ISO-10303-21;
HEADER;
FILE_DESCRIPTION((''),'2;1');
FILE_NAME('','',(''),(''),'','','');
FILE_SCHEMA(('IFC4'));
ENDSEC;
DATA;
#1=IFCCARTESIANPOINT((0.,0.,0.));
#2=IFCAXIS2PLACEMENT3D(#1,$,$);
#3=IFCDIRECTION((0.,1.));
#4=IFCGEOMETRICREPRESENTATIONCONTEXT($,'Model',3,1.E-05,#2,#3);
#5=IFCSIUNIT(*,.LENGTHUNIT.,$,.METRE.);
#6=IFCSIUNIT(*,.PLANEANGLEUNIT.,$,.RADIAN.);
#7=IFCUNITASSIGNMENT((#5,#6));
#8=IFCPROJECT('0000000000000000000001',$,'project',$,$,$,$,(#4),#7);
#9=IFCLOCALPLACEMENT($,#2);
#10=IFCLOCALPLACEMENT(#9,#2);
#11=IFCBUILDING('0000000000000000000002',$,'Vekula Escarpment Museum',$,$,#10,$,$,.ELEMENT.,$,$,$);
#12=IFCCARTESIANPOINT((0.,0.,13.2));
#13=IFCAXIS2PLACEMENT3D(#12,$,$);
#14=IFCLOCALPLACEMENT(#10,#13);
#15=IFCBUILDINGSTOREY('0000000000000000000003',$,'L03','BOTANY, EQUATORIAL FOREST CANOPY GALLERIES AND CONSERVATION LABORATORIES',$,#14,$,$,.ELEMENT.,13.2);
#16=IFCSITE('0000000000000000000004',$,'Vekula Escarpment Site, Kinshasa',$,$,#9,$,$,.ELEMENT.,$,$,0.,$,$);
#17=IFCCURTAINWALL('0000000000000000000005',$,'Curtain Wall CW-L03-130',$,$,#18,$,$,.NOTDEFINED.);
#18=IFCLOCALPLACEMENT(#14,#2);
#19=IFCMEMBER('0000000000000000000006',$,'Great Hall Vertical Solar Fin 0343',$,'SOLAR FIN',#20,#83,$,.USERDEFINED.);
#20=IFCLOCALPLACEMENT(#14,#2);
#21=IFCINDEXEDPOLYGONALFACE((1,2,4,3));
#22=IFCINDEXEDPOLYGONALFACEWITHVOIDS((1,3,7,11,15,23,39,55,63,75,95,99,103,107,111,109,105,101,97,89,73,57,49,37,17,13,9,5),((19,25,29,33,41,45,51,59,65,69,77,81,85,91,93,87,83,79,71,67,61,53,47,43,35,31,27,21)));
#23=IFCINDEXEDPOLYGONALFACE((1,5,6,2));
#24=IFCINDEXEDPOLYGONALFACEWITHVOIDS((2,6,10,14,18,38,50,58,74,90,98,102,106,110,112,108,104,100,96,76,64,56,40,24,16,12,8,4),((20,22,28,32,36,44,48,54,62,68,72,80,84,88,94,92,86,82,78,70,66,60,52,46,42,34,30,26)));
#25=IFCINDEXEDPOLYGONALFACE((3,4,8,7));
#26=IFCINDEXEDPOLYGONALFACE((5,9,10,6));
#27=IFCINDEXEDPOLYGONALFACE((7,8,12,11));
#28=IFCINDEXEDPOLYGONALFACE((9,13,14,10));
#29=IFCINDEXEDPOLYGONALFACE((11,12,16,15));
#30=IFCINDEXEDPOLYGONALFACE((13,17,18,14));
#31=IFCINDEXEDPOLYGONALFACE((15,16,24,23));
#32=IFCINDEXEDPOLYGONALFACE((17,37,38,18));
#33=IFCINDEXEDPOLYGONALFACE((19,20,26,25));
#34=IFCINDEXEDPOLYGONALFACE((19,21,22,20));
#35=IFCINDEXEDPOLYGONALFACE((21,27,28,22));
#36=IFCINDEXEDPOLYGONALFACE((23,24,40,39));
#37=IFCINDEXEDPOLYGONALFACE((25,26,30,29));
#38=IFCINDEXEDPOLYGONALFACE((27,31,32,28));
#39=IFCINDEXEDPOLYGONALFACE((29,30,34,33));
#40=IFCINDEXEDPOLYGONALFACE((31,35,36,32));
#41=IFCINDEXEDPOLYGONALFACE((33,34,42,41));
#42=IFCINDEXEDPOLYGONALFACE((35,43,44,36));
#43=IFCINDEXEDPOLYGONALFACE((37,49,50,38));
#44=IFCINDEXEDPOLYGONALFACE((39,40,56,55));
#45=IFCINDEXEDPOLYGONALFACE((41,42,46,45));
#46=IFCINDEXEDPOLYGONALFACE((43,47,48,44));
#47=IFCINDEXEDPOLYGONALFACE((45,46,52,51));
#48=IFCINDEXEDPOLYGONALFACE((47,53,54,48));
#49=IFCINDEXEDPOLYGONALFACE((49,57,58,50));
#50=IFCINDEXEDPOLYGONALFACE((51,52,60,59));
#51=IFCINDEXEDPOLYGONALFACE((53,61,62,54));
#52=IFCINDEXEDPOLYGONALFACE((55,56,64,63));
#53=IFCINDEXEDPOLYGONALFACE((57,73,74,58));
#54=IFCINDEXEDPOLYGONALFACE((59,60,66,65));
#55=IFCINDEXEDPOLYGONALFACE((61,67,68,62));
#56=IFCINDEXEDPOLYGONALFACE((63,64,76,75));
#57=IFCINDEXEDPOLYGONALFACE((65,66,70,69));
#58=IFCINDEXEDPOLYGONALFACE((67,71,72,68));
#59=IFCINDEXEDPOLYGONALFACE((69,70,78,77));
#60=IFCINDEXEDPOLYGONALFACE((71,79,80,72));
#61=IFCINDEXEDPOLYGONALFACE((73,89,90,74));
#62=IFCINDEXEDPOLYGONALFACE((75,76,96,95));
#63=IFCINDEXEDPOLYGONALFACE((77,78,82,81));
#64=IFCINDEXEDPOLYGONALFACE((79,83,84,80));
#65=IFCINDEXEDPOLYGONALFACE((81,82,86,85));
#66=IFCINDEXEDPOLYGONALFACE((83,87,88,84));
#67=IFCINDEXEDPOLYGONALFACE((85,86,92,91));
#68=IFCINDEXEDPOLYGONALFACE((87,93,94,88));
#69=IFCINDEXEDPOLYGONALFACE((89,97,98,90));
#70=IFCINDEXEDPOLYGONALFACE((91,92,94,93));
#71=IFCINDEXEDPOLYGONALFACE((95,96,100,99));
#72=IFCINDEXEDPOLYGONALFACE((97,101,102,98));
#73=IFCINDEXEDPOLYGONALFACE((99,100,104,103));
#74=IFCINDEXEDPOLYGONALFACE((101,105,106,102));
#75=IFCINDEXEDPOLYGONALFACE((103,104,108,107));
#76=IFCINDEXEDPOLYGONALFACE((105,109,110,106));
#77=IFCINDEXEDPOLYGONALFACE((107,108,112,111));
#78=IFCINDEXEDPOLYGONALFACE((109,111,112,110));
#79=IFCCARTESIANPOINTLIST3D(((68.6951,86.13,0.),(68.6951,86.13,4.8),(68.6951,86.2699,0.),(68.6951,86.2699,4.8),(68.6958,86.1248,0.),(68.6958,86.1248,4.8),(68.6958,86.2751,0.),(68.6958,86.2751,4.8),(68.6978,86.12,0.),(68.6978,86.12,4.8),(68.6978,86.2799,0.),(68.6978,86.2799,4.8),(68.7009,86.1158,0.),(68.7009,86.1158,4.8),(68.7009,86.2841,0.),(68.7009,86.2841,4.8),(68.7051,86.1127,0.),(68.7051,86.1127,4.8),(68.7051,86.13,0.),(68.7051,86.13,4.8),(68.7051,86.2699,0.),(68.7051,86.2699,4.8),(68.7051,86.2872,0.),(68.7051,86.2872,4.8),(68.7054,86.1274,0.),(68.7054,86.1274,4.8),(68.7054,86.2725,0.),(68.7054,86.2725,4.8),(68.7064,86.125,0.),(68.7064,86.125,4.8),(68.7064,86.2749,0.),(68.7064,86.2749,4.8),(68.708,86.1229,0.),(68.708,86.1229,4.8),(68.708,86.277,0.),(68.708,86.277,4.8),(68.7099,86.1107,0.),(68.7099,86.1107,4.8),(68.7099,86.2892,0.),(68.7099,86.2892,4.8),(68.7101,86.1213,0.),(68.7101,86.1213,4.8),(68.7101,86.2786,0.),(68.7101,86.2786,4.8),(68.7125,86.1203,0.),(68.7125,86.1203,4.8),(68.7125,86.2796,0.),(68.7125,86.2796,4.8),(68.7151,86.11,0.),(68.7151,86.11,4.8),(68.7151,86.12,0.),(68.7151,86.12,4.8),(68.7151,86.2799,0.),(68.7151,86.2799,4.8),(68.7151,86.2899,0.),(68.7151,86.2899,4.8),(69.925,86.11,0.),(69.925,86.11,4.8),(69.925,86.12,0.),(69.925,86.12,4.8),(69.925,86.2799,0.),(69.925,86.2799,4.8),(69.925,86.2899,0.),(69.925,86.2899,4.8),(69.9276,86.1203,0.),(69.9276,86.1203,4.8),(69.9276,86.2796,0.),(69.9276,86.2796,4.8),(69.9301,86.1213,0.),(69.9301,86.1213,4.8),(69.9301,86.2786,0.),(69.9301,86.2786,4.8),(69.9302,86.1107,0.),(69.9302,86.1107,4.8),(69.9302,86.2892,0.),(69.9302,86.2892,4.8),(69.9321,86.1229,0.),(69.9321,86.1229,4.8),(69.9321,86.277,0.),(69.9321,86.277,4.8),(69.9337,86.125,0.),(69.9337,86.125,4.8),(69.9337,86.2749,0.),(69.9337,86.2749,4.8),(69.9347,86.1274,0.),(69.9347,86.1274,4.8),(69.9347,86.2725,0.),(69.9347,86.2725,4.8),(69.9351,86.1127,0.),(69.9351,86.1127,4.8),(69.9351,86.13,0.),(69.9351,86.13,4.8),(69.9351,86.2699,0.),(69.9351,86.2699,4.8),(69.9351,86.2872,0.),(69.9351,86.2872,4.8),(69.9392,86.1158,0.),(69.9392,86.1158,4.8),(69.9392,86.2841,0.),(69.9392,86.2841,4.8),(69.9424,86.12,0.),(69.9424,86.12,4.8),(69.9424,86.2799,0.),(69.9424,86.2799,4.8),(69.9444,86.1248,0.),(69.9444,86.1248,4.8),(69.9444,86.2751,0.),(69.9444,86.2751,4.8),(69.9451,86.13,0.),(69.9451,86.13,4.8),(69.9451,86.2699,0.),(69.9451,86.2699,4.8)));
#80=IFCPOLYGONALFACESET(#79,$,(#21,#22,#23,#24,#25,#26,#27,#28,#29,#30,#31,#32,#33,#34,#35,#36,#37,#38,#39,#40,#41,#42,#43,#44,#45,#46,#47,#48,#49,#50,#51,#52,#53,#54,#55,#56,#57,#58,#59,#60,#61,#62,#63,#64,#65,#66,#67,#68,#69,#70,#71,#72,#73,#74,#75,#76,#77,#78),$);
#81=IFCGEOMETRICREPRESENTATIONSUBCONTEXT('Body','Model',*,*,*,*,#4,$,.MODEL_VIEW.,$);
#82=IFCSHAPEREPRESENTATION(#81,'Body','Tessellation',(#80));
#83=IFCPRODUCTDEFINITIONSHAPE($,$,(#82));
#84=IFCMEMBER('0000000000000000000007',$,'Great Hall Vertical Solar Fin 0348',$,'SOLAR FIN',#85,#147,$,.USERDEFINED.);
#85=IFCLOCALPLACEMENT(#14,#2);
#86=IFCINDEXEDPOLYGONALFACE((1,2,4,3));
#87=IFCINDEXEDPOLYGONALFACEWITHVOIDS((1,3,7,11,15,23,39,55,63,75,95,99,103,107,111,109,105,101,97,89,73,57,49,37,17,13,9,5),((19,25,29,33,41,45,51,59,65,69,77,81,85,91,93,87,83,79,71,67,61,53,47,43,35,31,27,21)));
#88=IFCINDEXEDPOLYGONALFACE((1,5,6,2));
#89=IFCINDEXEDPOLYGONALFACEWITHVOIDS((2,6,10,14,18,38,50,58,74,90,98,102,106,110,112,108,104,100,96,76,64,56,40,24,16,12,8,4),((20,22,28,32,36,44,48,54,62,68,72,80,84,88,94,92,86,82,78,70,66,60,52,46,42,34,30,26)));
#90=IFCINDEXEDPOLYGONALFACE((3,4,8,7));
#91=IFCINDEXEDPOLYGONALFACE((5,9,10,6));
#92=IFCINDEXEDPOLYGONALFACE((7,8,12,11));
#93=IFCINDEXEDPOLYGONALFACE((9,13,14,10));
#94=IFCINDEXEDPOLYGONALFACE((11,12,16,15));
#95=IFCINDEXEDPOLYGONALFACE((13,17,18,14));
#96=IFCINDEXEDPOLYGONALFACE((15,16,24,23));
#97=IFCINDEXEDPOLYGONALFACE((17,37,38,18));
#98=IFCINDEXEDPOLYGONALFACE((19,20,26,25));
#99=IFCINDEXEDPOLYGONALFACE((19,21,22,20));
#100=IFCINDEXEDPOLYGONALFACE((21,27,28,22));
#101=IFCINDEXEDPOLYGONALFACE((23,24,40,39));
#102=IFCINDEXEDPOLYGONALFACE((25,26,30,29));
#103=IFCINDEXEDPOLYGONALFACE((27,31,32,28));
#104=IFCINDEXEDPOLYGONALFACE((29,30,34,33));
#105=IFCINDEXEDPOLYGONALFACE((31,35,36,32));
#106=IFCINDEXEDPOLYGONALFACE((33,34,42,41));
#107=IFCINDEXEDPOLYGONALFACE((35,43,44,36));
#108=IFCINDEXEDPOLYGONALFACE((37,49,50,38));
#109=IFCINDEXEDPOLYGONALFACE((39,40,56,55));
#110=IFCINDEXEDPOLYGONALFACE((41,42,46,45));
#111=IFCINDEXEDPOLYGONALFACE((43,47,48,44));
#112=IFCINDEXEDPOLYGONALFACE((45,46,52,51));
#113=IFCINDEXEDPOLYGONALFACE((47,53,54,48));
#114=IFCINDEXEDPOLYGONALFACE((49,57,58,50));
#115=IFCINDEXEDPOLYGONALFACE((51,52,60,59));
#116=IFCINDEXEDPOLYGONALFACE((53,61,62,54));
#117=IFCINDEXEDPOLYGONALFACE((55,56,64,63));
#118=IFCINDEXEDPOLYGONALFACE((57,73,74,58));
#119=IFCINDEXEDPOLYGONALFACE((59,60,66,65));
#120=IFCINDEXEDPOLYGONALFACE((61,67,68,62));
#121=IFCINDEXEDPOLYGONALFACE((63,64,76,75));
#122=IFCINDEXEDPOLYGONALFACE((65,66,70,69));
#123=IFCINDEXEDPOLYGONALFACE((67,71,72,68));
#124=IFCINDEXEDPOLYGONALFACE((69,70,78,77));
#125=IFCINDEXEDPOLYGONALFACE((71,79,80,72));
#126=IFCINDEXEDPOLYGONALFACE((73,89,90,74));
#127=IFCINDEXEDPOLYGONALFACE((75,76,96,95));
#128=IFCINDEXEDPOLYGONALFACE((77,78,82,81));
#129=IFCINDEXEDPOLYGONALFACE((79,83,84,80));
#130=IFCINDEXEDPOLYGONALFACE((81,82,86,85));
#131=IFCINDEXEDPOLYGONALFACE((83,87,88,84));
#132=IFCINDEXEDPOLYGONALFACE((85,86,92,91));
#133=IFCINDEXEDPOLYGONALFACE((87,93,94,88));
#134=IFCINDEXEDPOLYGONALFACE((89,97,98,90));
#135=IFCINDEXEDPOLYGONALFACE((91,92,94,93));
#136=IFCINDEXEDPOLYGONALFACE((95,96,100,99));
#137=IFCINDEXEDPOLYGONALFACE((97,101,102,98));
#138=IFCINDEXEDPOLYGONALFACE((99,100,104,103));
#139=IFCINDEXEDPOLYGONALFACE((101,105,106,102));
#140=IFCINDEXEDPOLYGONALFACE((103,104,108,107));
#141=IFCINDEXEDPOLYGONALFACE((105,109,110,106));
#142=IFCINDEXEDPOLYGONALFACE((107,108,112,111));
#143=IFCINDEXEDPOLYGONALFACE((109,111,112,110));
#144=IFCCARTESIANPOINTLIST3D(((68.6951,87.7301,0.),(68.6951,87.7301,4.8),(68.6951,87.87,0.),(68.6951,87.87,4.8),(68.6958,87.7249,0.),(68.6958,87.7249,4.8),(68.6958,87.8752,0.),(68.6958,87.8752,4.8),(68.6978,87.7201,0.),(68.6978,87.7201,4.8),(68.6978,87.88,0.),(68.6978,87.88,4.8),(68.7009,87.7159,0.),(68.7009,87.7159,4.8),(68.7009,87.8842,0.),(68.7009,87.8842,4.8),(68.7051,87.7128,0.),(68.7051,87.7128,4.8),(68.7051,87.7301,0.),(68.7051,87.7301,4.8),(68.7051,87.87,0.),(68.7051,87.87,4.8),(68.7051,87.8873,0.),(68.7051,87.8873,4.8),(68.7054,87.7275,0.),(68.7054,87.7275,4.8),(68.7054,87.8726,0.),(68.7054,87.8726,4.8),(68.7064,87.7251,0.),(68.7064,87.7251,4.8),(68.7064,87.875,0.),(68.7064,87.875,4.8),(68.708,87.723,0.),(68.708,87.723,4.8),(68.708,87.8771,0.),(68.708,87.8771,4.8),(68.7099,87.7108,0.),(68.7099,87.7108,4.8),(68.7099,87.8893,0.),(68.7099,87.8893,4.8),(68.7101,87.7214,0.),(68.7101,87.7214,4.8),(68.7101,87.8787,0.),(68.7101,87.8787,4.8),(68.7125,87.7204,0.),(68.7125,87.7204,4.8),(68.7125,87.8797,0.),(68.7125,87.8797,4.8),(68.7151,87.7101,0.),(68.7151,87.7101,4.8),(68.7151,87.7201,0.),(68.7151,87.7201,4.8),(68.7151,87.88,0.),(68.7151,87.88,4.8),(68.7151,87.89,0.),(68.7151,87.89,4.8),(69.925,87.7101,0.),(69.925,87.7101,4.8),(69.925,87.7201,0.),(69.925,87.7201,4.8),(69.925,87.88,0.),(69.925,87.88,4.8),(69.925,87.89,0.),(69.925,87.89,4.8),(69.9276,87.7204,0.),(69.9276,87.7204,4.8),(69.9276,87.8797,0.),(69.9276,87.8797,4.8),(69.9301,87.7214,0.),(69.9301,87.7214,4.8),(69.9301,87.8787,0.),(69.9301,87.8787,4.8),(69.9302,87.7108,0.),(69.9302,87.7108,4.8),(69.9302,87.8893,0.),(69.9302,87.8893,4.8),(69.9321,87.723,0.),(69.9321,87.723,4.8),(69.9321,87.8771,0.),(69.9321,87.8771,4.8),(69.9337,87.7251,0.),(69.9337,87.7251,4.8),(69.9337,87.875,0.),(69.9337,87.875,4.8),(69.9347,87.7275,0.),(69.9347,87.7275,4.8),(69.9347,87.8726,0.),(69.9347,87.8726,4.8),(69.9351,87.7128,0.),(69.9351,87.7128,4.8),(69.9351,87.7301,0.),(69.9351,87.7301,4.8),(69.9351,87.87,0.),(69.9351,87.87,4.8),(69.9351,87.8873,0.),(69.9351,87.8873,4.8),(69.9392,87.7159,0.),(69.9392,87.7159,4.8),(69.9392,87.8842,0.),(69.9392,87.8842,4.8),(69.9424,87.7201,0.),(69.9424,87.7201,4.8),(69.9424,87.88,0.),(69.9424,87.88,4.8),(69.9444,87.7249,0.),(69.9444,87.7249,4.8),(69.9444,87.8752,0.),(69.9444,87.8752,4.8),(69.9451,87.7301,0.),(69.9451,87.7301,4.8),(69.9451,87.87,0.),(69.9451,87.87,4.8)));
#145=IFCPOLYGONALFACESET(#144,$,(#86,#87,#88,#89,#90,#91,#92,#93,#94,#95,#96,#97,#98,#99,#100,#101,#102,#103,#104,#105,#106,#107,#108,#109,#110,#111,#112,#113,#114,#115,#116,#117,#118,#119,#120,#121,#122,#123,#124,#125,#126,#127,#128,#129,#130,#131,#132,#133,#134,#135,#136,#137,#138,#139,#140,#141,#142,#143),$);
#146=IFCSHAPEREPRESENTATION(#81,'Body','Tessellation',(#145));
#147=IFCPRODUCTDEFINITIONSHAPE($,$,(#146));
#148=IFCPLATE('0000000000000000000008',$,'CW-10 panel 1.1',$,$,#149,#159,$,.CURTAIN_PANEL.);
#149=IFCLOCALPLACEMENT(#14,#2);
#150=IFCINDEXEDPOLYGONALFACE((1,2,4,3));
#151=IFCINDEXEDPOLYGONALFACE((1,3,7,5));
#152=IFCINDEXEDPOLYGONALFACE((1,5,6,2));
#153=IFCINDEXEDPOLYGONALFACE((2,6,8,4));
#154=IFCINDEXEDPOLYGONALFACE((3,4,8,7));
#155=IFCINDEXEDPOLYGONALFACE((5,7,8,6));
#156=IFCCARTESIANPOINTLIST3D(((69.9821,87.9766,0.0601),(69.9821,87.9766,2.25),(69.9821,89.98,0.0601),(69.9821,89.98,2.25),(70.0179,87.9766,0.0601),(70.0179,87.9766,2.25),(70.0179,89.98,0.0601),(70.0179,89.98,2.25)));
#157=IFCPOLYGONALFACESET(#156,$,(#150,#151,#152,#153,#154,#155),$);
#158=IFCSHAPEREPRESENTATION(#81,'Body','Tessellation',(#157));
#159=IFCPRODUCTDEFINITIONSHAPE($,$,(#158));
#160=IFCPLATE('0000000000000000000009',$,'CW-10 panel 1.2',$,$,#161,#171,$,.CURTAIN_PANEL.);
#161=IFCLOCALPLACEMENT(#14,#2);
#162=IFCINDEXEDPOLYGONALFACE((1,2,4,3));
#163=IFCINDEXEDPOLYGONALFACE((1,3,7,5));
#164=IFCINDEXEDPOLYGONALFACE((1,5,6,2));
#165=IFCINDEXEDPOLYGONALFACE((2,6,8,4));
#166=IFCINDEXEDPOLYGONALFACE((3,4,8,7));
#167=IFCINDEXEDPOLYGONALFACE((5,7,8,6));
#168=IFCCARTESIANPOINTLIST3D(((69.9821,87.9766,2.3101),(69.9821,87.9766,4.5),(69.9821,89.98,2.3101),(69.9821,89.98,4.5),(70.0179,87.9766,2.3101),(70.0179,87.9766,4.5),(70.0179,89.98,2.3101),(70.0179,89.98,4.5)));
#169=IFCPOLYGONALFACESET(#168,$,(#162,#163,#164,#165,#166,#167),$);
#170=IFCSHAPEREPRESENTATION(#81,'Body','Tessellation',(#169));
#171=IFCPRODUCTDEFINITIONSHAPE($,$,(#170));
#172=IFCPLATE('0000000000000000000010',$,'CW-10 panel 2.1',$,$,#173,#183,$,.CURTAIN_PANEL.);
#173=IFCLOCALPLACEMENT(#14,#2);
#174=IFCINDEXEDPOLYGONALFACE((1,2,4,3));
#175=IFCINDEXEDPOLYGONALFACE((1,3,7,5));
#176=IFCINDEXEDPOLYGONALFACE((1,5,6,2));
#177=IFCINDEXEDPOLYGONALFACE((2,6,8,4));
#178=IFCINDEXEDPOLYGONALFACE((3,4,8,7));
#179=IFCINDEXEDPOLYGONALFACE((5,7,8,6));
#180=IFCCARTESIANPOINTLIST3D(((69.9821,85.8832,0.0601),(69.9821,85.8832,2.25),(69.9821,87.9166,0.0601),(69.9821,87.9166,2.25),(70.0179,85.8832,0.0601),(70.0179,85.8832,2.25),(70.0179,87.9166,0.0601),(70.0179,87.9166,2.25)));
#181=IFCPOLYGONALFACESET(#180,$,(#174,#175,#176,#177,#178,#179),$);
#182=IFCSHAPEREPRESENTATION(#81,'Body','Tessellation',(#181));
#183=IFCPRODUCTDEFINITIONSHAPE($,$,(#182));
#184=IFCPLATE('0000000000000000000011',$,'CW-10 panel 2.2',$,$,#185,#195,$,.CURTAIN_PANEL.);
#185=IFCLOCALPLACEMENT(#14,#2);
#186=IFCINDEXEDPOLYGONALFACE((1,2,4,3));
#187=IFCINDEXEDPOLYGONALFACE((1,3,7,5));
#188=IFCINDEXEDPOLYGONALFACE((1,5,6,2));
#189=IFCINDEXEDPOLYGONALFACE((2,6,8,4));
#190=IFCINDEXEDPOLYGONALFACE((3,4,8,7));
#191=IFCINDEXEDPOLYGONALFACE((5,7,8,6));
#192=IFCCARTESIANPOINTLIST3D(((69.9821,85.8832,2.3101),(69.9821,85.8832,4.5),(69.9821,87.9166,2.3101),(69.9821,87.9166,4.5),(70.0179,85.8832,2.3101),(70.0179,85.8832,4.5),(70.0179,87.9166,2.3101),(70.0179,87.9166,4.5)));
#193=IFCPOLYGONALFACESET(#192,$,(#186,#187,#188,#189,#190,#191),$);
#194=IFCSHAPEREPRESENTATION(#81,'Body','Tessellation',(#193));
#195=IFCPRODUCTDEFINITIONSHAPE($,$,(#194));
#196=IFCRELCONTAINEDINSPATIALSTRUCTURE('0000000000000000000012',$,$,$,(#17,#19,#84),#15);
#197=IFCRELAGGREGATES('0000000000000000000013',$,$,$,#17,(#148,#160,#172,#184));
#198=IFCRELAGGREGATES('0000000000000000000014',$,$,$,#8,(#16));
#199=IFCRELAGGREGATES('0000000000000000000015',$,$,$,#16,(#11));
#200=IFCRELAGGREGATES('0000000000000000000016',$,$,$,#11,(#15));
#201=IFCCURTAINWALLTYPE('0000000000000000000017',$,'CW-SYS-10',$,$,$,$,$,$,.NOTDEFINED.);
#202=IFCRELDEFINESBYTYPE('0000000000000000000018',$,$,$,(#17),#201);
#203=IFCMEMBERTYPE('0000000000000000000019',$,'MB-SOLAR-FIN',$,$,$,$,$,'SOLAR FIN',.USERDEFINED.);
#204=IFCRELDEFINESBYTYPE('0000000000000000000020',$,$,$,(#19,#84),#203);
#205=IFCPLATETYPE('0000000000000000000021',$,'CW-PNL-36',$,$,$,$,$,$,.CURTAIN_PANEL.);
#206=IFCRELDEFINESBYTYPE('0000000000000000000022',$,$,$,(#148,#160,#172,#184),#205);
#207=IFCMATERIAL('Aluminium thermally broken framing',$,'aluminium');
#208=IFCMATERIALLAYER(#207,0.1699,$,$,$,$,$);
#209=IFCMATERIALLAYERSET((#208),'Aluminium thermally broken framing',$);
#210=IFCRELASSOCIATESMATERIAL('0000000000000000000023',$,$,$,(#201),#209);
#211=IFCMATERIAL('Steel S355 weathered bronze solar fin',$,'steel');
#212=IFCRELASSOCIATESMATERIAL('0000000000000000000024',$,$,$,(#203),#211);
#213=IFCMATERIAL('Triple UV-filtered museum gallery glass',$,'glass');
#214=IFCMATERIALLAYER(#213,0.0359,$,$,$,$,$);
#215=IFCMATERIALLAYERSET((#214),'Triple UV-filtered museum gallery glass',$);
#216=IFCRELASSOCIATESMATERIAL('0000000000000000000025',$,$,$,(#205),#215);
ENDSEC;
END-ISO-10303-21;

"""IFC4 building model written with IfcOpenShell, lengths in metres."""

from ifc_helpers import new_model, si_unit, direction, frame, origin, origin_2d, place, context, subcontext, project, spatial, rectangle, hollow_rectangle, extrude, material, layer, layer_set, material_profile, profile_set, type_object, element, aggregate, save


model = new_model("IFC4")

# Units and contexts
model_context = context("Model", 3, precision=1e-05, world=origin(), true_north=direction((0.0, 1.0)))
body_context = subcontext(model_context, "Body", "Model", "MODEL_VIEW")
ifc_project = project(units=[si_unit("LENGTHUNIT", "METRE"), si_unit("PLANEANGLEUNIT", "RADIAN")], contexts=[model_context])

# Site, building, storey
site_placement = place(None, origin())
site = spatial("IfcSite", under=ifc_project, at=site_placement, Name="Vekula Escarpment Site, Kinshasa", CompositionType="ELEMENT", RefElevation=0.0)
building_placement = place(site_placement, origin())
building = spatial("IfcBuilding", under=site, at=building_placement, Name="Vekula Escarpment Museum", CompositionType="ELEMENT")
storey_placement = place(building_placement, frame((0.0, 0.0, 13.2)))
storey = spatial("IfcBuildingStorey", under=building, at=storey_placement, Name="L03", Description="BOTANY, EQUATORIAL FOREST CANOPY GALLERIES AND CONSERVATION LABORATORIES", CompositionType="ELEMENT", Elevation=13.2)

# Curtain wall
ifc_material_1 = material(Name="Aluminium thermally broken framing", Category="aluminium")
ifc_layer_1 = layer(ifc_material_1, 0.1699)
ifc_layer_set_1 = layer_set([ifc_layer_1], Name="Aluminium thermally broken framing")
curtain_wall_type = type_object("IfcCurtainWallType", Name="CW-SYS-10", PredefinedType="NOTDEFINED", material=ifc_layer_set_1)
curtain_wall_placement = place(storey_placement, origin())
curtain_wall = element("IfcCurtainWall", 1, at=curtain_wall_placement, inside=storey, type_object=curtain_wall_type, Name="Curtain Wall CW-L03-130", PredefinedType="NOTDEFINED")

# Members
ifc_material_2 = material(Name="Steel S355 weathered bronze solar fin", Category="steel")
ifc_material_profile_1 = material_profile(ifc_material_2, hollow_rectangle(XDim=0.1799, YDim=1.25, WallThickness=0.01, InnerFilletRadius=0.01, OuterFilletRadius=0.02, at=origin_2d()), Name="RHS 1250x180x10")
ifc_profile_set_1 = profile_set([ifc_material_profile_1], Name="Steel S355 weathered bronze solar fin")
member_type_1 = type_object("IfcMemberType", Name="MB-SOLAR-FIN", ElementType="SOLAR FIN", PredefinedType="USERDEFINED", material=ifc_profile_set_1)
for number, where, z_axis, x_axis, name in (
    (2, (69.3201, 86.2, 0.0), (0.0, 0.0, 1.0), (0.0, 1.0, 0.0), "Great Hall Vertical Solar Fin 0343"),
    (3, (69.3201, 87.8, 0.0), (0.0, 0.0, 1.0), (0.0, 1.0, 0.0), "Great Hall Vertical Solar Fin 0348"),
):
    element("IfcMember", number, at=place(storey_placement, frame(where, z_axis=z_axis, x_axis=x_axis)), inside=storey, type_object=member_type_1, Name=name, ObjectType="SOLAR FIN", PredefinedType="USERDEFINED", context=body_context, shape_type="SweptSolid", body=[
        extrude(hollow_rectangle(XDim=0.1799, YDim=1.25, WallThickness=0.01, InnerFilletRadius=0.01, OuterFilletRadius=0.02, at=origin_2d()), origin(), (0.0, 0.0, 1.0), 4.8),
    ])

# Plates
ifc_material_3 = material(Name="Triple UV-filtered museum gallery glass", Category="glass")
ifc_layer_2 = layer(ifc_material_3, 0.0359)
ifc_layer_set_2 = layer_set([ifc_layer_2], Name="Triple UV-filtered museum gallery glass")
plate_type = type_object("IfcPlateType", Name="CW-PNL-36", PredefinedType="CURTAIN_PANEL", material=ifc_layer_set_2)
plate_1_placement = place(storey_placement, frame((70.0, 88.9783, 0.0601), z_axis=(0.0, 0.0, 1.0), x_axis=(0.0, -1.0, 0.0)))
plate_1 = element("IfcPlate", 4, at=plate_1_placement, type_object=plate_type, Name="CW-10 panel 1.1", PredefinedType="CURTAIN_PANEL", context=body_context, shape_type="SweptSolid", body=[
    extrude(rectangle(XDim=2.0034, YDim=0.0359, at=origin_2d()), origin(), (0.0, 0.0, 1.0), 2.1899),
])
plate_2_placement = place(storey_placement, frame((70.0, 88.9783, 2.3101), z_axis=(0.0, 0.0, 1.0), x_axis=(0.0, -1.0, 0.0)))
plate_2 = element("IfcPlate", 5, at=plate_2_placement, type_object=plate_type, Name="CW-10 panel 1.2", PredefinedType="CURTAIN_PANEL", context=body_context, shape_type="SweptSolid", body=[
    extrude(rectangle(XDim=2.0034, YDim=0.0359, at=origin_2d()), origin(), (0.0, 0.0, 1.0), 2.1899),
])
plate_3_placement = place(storey_placement, frame((70.0, 86.8999, 0.0601), z_axis=(0.0, 0.0, 1.0), x_axis=(0.0, -1.0, 0.0)))
plate_3 = element("IfcPlate", 6, at=plate_3_placement, type_object=plate_type, Name="CW-10 panel 2.1", PredefinedType="CURTAIN_PANEL", context=body_context, shape_type="SweptSolid", body=[
    extrude(rectangle(XDim=2.0334, YDim=0.0359, at=origin_2d()), origin(), (0.0, 0.0, 1.0), 2.1899),
])
plate_4_placement = place(storey_placement, frame((70.0, 86.8999, 2.3101), z_axis=(0.0, 0.0, 1.0), x_axis=(0.0, -1.0, 0.0)))
plate_4 = element("IfcPlate", 7, at=plate_4_placement, type_object=plate_type, Name="CW-10 panel 2.2", PredefinedType="CURTAIN_PANEL", context=body_context, shape_type="SweptSolid", body=[
    extrude(rectangle(XDim=2.0334, YDim=0.0359, at=origin_2d()), origin(), (0.0, 0.0, 1.0), 2.1899),
])
aggregate(curtain_wall, [plate_1, plate_2, plate_3, plate_4])

save(model, "model.ifc")
